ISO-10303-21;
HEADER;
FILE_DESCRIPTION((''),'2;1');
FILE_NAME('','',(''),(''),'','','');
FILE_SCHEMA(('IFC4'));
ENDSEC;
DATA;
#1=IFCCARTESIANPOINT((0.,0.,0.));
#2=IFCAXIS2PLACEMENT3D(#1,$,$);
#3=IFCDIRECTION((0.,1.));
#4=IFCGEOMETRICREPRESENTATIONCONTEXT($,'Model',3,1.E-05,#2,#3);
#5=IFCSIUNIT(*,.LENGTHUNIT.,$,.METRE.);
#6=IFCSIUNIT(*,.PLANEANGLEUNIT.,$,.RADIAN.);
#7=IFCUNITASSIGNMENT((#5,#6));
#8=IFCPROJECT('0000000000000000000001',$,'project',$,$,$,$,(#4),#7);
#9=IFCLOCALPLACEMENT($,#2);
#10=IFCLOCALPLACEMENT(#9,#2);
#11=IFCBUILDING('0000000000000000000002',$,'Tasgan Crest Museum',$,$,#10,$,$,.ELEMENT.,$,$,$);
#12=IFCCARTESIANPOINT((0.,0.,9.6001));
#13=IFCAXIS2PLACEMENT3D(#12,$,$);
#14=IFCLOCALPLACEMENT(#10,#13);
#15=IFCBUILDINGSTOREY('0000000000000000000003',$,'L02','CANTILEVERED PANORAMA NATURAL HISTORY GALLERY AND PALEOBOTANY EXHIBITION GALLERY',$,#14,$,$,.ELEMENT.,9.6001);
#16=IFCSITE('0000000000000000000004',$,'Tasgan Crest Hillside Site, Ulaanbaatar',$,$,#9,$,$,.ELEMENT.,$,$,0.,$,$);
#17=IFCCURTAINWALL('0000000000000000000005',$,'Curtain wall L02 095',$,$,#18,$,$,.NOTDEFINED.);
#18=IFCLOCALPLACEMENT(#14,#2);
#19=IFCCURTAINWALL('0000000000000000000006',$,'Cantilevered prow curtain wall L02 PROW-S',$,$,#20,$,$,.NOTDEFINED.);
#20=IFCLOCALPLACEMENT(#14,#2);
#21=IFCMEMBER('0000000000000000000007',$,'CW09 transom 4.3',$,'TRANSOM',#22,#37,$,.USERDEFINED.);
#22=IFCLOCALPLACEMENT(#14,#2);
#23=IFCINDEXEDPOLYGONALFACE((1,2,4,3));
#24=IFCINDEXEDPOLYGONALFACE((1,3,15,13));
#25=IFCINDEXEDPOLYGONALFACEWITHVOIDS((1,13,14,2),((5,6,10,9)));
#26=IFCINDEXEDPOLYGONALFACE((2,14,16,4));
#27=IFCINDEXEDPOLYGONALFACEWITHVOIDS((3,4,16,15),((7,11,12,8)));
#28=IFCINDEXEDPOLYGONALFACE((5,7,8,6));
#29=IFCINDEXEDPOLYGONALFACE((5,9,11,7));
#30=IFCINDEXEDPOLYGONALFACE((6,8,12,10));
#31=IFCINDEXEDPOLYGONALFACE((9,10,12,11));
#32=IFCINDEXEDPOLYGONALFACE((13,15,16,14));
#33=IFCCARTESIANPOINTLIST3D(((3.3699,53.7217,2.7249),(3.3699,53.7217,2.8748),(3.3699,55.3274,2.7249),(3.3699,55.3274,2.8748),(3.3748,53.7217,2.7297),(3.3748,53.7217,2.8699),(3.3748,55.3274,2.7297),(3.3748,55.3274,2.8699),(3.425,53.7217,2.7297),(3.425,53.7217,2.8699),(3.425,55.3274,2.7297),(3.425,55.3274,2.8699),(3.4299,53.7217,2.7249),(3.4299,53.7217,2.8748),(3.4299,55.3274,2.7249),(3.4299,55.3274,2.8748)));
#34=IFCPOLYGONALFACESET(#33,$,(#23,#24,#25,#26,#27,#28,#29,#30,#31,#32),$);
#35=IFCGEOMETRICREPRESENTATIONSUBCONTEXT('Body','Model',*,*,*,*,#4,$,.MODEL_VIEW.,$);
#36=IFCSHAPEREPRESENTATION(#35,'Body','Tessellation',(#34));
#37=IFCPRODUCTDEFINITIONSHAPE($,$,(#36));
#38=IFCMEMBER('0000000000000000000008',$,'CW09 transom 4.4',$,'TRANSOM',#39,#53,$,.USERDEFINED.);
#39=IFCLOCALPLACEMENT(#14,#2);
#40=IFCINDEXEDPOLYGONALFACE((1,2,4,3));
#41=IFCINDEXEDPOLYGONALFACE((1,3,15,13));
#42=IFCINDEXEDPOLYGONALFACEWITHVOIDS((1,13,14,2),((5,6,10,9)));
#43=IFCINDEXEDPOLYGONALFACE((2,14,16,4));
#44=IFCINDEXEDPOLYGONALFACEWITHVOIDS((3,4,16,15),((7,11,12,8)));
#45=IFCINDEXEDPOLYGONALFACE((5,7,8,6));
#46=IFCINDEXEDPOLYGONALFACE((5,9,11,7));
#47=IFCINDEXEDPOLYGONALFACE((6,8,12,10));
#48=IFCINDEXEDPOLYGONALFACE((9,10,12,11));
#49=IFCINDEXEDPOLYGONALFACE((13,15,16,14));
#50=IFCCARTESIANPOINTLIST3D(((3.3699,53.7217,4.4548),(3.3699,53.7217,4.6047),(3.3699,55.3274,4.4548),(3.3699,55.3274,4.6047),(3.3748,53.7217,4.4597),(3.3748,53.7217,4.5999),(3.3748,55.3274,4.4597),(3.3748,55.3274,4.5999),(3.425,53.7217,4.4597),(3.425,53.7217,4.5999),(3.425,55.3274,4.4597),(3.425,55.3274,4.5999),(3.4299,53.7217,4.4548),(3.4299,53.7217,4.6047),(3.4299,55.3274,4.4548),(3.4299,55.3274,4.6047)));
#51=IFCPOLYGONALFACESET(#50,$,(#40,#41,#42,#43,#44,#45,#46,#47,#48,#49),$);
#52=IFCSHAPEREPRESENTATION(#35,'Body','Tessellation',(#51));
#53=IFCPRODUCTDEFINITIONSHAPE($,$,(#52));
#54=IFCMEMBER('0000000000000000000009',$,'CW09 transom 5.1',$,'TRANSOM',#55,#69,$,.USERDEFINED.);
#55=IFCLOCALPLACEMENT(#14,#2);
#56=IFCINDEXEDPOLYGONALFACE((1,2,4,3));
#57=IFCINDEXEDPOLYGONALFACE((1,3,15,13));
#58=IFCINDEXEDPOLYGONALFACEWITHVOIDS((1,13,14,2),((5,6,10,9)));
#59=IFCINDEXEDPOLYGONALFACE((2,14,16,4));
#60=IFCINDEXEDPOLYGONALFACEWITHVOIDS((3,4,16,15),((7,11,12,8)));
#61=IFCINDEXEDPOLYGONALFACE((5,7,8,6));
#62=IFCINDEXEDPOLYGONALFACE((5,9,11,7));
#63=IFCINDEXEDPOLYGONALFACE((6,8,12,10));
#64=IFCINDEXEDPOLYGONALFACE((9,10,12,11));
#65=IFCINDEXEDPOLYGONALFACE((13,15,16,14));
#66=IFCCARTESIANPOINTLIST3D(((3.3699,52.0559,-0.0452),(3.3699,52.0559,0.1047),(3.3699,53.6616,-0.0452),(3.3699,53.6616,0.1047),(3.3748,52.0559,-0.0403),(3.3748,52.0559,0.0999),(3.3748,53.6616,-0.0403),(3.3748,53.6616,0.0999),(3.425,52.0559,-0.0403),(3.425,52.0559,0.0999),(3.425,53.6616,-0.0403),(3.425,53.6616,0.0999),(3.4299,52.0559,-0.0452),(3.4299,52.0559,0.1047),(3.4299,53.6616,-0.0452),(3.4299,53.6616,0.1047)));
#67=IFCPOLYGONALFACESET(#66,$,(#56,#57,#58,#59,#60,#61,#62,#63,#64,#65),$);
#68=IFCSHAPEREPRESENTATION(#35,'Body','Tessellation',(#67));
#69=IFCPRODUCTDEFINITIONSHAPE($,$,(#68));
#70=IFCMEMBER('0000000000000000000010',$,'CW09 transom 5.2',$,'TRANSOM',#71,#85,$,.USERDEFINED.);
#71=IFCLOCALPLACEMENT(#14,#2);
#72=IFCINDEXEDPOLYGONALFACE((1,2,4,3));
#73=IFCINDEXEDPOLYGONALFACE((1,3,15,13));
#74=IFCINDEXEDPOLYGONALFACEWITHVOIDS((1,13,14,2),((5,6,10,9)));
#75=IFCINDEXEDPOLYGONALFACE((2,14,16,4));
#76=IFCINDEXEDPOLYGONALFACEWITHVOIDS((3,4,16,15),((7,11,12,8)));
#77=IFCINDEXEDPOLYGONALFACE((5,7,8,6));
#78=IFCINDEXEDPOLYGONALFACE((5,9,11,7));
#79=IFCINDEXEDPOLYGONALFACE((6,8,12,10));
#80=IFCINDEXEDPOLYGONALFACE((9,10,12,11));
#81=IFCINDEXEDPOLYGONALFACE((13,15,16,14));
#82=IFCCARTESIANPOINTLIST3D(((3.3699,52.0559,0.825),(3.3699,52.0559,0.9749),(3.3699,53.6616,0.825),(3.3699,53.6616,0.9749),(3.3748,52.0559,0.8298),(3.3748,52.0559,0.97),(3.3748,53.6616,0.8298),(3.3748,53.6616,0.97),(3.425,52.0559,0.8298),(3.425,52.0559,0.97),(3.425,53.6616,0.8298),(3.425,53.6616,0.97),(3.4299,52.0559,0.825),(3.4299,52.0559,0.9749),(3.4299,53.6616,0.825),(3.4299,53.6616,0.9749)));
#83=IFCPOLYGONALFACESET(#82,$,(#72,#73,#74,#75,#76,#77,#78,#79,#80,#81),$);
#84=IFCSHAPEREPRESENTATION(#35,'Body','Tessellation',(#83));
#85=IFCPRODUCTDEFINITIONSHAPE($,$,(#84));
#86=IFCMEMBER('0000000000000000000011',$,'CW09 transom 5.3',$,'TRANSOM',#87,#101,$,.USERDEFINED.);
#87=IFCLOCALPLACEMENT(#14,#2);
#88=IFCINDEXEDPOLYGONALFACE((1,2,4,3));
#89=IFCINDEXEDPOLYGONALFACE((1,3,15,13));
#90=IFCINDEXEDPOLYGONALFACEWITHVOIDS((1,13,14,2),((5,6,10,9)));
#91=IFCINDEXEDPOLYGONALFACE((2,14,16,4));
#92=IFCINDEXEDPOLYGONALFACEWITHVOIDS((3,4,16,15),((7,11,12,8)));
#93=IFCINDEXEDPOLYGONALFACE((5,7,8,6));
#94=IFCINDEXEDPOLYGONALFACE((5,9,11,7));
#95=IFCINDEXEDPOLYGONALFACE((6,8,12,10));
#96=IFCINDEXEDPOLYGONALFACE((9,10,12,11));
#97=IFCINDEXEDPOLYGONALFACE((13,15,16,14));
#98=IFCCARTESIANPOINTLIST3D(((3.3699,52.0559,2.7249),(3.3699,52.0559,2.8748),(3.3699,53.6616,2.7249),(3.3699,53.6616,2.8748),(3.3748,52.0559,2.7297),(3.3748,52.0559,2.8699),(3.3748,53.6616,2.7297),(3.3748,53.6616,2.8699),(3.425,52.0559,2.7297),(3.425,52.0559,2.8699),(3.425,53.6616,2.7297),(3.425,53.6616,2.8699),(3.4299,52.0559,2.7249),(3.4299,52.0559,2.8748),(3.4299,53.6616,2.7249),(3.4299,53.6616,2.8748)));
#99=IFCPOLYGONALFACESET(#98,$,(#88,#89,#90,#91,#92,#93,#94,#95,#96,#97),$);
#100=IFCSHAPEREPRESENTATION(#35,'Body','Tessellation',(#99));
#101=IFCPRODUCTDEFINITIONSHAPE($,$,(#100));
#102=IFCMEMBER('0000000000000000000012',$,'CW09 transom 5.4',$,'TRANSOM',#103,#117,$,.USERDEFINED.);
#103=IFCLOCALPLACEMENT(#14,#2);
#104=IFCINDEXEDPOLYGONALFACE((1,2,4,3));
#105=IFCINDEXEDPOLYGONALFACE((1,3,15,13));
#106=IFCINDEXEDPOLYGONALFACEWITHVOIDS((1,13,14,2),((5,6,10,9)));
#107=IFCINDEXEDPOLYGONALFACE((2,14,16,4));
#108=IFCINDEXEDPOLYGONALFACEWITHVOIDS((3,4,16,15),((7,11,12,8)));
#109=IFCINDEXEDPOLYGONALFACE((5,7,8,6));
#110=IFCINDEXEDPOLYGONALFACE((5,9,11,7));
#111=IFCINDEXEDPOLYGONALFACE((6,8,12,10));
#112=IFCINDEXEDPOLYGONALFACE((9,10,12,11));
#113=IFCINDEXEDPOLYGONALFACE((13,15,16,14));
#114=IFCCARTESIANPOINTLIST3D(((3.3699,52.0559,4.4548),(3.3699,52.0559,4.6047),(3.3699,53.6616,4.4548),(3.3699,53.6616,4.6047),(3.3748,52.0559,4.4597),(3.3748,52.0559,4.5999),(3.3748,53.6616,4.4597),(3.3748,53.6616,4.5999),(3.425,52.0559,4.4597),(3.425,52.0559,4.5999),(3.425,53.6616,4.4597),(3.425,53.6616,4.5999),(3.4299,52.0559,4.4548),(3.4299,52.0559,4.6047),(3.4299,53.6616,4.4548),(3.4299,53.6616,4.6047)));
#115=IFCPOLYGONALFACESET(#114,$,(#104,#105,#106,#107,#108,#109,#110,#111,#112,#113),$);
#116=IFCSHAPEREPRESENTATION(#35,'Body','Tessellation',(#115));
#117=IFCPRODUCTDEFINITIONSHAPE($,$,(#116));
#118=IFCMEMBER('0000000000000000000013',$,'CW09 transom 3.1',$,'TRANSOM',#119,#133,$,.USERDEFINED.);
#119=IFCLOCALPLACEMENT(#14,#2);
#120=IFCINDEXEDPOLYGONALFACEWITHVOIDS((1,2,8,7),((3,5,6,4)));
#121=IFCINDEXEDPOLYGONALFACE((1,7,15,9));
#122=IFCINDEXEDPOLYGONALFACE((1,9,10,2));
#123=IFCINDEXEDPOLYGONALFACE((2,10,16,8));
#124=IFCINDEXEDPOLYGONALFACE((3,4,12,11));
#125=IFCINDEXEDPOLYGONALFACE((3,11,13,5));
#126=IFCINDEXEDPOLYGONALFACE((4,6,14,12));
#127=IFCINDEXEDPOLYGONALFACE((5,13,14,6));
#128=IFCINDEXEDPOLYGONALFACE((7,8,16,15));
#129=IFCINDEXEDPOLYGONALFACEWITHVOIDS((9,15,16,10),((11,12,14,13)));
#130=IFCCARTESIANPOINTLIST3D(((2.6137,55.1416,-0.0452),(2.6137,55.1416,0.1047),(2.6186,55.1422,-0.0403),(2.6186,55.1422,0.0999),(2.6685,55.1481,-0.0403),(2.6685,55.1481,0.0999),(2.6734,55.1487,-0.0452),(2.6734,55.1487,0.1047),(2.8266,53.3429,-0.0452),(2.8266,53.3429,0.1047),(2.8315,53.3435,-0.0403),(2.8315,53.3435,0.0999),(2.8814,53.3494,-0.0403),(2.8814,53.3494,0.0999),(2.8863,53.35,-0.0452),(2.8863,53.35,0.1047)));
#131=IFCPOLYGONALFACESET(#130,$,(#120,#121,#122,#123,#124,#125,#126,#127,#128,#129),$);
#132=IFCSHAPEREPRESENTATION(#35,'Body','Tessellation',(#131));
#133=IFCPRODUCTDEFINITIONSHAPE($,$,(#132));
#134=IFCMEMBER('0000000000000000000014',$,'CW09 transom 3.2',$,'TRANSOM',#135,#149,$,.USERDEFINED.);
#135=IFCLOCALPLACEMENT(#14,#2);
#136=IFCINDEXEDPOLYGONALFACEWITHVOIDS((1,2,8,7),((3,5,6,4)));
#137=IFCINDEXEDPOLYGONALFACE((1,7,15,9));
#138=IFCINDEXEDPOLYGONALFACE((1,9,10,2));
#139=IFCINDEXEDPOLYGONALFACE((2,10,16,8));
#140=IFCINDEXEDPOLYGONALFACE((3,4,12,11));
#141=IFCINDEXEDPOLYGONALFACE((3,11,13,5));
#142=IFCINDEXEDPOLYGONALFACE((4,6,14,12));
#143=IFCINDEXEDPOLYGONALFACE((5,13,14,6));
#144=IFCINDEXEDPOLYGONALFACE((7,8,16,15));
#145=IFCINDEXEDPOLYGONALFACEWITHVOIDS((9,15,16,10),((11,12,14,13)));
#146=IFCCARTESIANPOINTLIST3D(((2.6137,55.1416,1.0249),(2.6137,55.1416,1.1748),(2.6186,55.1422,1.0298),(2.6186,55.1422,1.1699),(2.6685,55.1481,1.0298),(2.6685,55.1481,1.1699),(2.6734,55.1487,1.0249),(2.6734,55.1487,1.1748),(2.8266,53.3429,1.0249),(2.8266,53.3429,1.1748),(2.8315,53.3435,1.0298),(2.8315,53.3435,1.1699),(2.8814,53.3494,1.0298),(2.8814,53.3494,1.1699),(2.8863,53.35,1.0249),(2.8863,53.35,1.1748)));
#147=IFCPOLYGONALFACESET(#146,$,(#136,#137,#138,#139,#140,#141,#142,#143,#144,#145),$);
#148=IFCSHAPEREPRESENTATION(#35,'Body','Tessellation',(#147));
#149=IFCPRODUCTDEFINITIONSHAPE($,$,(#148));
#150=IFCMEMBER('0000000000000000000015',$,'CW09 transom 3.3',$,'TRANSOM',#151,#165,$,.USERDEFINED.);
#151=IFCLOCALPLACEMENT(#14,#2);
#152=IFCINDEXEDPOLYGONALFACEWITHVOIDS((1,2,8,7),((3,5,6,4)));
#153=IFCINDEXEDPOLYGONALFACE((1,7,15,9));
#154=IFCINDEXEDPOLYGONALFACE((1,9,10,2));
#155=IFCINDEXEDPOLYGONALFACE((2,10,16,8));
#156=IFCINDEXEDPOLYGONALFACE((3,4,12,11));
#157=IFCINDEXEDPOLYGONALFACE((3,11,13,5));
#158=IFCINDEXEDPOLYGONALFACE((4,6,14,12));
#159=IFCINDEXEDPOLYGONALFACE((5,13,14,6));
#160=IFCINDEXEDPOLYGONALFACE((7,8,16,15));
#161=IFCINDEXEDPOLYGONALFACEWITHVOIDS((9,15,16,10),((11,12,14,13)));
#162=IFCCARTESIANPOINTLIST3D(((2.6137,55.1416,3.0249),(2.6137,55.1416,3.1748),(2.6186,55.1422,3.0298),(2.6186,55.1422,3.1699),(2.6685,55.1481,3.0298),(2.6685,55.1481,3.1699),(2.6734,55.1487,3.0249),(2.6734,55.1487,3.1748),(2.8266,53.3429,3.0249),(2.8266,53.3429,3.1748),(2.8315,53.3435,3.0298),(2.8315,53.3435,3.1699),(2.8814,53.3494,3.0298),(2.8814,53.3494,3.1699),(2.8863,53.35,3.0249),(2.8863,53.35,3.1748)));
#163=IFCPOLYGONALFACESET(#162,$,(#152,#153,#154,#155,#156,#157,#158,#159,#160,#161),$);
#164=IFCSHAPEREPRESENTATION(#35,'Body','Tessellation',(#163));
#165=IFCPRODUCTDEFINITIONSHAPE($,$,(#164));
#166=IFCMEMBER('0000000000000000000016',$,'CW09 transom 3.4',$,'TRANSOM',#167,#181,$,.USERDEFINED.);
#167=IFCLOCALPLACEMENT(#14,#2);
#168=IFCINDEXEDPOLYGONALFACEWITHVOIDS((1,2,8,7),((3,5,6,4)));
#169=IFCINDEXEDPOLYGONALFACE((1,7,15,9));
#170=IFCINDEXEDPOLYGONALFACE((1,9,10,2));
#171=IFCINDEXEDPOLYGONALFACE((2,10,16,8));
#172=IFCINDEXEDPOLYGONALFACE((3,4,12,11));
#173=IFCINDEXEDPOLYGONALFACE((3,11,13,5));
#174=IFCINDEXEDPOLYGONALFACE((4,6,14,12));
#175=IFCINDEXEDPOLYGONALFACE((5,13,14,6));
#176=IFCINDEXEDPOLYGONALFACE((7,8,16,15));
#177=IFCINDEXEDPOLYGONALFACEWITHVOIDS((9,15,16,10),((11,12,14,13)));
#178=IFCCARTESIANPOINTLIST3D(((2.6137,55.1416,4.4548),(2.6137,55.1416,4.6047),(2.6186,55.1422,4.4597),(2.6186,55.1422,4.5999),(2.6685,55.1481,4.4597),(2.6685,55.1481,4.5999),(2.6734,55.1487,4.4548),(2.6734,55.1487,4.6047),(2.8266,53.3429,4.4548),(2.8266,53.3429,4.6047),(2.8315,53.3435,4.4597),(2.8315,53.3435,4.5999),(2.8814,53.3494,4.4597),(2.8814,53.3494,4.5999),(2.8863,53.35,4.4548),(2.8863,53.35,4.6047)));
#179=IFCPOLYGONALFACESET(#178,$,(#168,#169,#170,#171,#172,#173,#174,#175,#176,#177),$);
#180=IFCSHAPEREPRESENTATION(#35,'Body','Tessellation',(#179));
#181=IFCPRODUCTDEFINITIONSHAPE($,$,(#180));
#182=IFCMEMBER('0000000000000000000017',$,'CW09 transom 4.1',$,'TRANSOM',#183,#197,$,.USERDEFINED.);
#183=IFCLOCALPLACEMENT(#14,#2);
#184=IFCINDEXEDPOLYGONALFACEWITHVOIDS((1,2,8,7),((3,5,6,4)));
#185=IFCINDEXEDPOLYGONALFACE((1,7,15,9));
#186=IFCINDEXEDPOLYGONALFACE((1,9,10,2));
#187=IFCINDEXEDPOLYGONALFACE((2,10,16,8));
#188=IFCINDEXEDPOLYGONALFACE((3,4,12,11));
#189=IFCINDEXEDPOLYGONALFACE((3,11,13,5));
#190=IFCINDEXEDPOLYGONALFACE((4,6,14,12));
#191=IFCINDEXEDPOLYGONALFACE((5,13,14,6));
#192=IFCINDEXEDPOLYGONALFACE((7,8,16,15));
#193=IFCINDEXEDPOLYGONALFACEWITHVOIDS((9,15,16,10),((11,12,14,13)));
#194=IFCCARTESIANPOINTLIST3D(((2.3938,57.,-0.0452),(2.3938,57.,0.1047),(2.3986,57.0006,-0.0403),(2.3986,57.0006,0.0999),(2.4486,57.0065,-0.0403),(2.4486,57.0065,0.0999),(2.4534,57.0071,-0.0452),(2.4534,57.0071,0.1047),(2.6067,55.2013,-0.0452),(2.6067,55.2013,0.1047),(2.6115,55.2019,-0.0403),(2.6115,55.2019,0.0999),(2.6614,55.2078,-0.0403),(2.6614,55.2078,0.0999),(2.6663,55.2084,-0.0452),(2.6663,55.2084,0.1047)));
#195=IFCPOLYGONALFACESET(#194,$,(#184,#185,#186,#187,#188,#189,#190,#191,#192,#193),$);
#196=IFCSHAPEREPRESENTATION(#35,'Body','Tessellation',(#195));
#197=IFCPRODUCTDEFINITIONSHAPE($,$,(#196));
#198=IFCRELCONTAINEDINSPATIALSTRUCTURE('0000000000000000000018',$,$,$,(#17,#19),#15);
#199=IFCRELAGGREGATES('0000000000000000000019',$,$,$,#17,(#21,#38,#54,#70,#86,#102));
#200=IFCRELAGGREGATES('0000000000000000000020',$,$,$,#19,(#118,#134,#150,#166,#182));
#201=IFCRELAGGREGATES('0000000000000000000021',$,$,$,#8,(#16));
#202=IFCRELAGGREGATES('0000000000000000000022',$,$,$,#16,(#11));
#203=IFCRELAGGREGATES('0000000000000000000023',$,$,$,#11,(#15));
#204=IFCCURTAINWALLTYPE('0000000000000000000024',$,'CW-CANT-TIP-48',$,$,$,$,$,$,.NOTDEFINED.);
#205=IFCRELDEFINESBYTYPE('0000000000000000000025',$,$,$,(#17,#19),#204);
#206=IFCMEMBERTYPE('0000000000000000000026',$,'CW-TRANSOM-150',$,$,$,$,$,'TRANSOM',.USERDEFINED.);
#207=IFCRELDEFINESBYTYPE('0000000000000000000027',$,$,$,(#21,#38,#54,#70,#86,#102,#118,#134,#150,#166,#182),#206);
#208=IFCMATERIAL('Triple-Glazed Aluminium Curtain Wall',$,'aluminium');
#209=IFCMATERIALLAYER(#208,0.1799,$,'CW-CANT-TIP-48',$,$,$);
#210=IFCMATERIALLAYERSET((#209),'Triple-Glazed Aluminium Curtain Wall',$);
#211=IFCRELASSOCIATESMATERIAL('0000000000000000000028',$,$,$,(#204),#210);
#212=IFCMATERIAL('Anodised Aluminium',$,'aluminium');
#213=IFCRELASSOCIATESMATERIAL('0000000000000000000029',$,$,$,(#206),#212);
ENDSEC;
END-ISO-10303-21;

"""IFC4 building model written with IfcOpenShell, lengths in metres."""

from ifc_helpers import new_model, si_unit, direction, frame, origin, origin_2d, place, context, subcontext, project, spatial, hollow_rectangle, extrude, material, layer, layer_set, material_profile, profile_set, type_object, element, aggregate, save


model = new_model("IFC4")

# Units and contexts
model_context = context("Model", 3, precision=1e-05, world=origin(), true_north=direction((0.0, 1.0)))
body_context = subcontext(model_context, "Body", "Model", "MODEL_VIEW")
ifc_project = project(units=[si_unit("LENGTHUNIT", "METRE"), si_unit("PLANEANGLEUNIT", "RADIAN")], contexts=[model_context])

# Site, building, storey
site_placement = place(None, origin())
site = spatial("IfcSite", under=ifc_project, at=site_placement, Name="Tasgan Crest Hillside Site, Ulaanbaatar", CompositionType="ELEMENT", RefElevation=0.0)
building_placement = place(site_placement, origin())
building = spatial("IfcBuilding", under=site, at=building_placement, Name="Tasgan Crest Museum", CompositionType="ELEMENT")
storey_placement = place(building_placement, frame((0.0, 0.0, 9.6001)))
storey = spatial("IfcBuildingStorey", under=building, at=storey_placement, Name="L02", Description="CANTILEVERED PANORAMA NATURAL HISTORY GALLERY AND PALEOBOTANY EXHIBITION GALLERY", CompositionType="ELEMENT", Elevation=9.6001)

# Curtain walls
ifc_material_1 = material(Name="Triple-Glazed Aluminium Curtain Wall", Category="aluminium")
ifc_layer_1 = layer(ifc_material_1, 0.1799, Name="CW-CANT-TIP-48")
ifc_layer_set_1 = layer_set([ifc_layer_1], Name="Triple-Glazed Aluminium Curtain Wall")
curtain_wall_type = type_object("IfcCurtainWallType", Name="CW-CANT-TIP-48", PredefinedType="NOTDEFINED", material=ifc_layer_set_1)
curtain_wall_1_placement = place(storey_placement, origin())
curtain_wall_1 = element("IfcCurtainWall", 1, at=curtain_wall_1_placement, inside=storey, type_object=curtain_wall_type, Name="Curtain wall L02 095", PredefinedType="NOTDEFINED")
curtain_wall_2_placement = place(storey_placement, origin())
curtain_wall_2 = element("IfcCurtainWall", 2, at=curtain_wall_2_placement, inside=storey, type_object=curtain_wall_type, Name="Cantilevered prow curtain wall L02 PROW-S", PredefinedType="NOTDEFINED")

# Members
ifc_material_2 = material(Name="Anodised Aluminium", Category="aluminium")
ifc_material_profile_1 = material_profile(ifc_material_2, hollow_rectangle(XDim=0.0601, YDim=0.1499, WallThickness=0.0049, at=origin_2d()), Name="ALU TRANSOM 150x60x5")
ifc_profile_set_1 = profile_set([ifc_material_profile_1], Name="Anodised Aluminium")
member_type_1 = type_object("IfcMemberType", Name="CW-TRANSOM-150", ElementType="TRANSOM", PredefinedType="USERDEFINED", material=ifc_profile_set_1)
member_1_placement = place(storey_placement, frame((3.3999, 55.3274, 2.7998), z_axis=(0.0, -1.0, 0.0), x_axis=(1.0, 0.0, 0.0)))
member_1 = element("IfcMember", 3, at=member_1_placement, type_object=member_type_1, Name="CW09 transom 4.3", ObjectType="TRANSOM", PredefinedType="USERDEFINED", context=body_context, shape_type="SweptSolid", body=[
    extrude(hollow_rectangle(XDim=0.0601, YDim=0.1499, WallThickness=0.0049, at=origin_2d()), origin(), (0.0, 0.0, 1.0), 1.6057),
])
member_2_placement = place(storey_placement, frame((3.3999, 55.3274, 4.5298), z_axis=(0.0, -1.0, 0.0), x_axis=(1.0, 0.0, 0.0)))
member_2 = element("IfcMember", 4, at=member_2_placement, type_object=member_type_1, Name="CW09 transom 4.4", ObjectType="TRANSOM", PredefinedType="USERDEFINED", context=body_context, shape_type="SweptSolid", body=[
    extrude(hollow_rectangle(XDim=0.0601, YDim=0.1499, WallThickness=0.0049, at=origin_2d()), origin(), (0.0, 0.0, 1.0), 1.6057),
])
member_3_placement = place(storey_placement, frame((3.3999, 53.6616, 0.0298), z_axis=(0.0, -1.0, 0.0), x_axis=(1.0, 0.0, 0.0)))
member_3 = element("IfcMember", 5, at=member_3_placement, type_object=member_type_1, Name="CW09 transom 5.1", ObjectType="TRANSOM", PredefinedType="USERDEFINED", context=body_context, shape_type="SweptSolid", body=[
    extrude(hollow_rectangle(XDim=0.0601, YDim=0.1499, WallThickness=0.0049, at=origin_2d()), origin(), (0.0, 0.0, 1.0), 1.6057),
])
member_4_placement = place(storey_placement, frame((3.3999, 53.6616, 0.8999), z_axis=(0.0, -1.0, 0.0), x_axis=(1.0, 0.0, 0.0)))
member_4 = element("IfcMember", 6, at=member_4_placement, type_object=member_type_1, Name="CW09 transom 5.2", ObjectType="TRANSOM", PredefinedType="USERDEFINED", context=body_context, shape_type="SweptSolid", body=[
    extrude(hollow_rectangle(XDim=0.0601, YDim=0.1499, WallThickness=0.0049, at=origin_2d()), origin(), (0.0, 0.0, 1.0), 1.6057),
])
member_5_placement = place(storey_placement, frame((3.3999, 53.6616, 2.7998), z_axis=(0.0, -1.0, 0.0), x_axis=(1.0, 0.0, 0.0)))
member_5 = element("IfcMember", 7, at=member_5_placement, type_object=member_type_1, Name="CW09 transom 5.3", ObjectType="TRANSOM", PredefinedType="USERDEFINED", context=body_context, shape_type="SweptSolid", body=[
    extrude(hollow_rectangle(XDim=0.0601, YDim=0.1499, WallThickness=0.0049, at=origin_2d()), origin(), (0.0, 0.0, 1.0), 1.6057),
])
member_6_placement = place(storey_placement, frame((3.3999, 53.6616, 4.5298), z_axis=(0.0, -1.0, 0.0), x_axis=(1.0, 0.0, 0.0)))
member_6 = element("IfcMember", 8, at=member_6_placement, type_object=member_type_1, Name="CW09 transom 5.4", ObjectType="TRANSOM", PredefinedType="USERDEFINED", context=body_context, shape_type="SweptSolid", body=[
    extrude(hollow_rectangle(XDim=0.0601, YDim=0.1499, WallThickness=0.0049, at=origin_2d()), origin(), (0.0, 0.0, 1.0), 1.6057),
])
member_7_placement = place(storey_placement, frame((2.8564, 53.3464, 0.0298), z_axis=(-0.117529, 0.993069, 0.0), x_axis=(-0.993069, -0.117529, 0.0)))
member_7 = element("IfcMember", 9, at=member_7_placement, type_object=member_type_1, Name="CW09 transom 3.1", ObjectType="TRANSOM", PredefinedType="USERDEFINED", context=body_context, shape_type="SweptSolid", body=[
    extrude(hollow_rectangle(XDim=0.0601, YDim=0.1499, WallThickness=0.0049, at=origin_2d()), origin(), (0.0, 0.0, 1.0), 1.8113),
])
member_8_placement = place(storey_placement, frame((2.8564, 53.3464, 1.0999), z_axis=(-0.117529, 0.993069, 0.0), x_axis=(-0.993069, -0.117529, 0.0)))
member_8 = element("IfcMember", 10, at=member_8_placement, type_object=member_type_1, Name="CW09 transom 3.2", ObjectType="TRANSOM", PredefinedType="USERDEFINED", context=body_context, shape_type="SweptSolid", body=[
    extrude(hollow_rectangle(XDim=0.0601, YDim=0.1499, WallThickness=0.0049, at=origin_2d()), origin(), (0.0, 0.0, 1.0), 1.8113),
])
member_9_placement = place(storey_placement, frame((2.8564, 53.3464, 3.0999), z_axis=(-0.117529, 0.993069, 0.0), x_axis=(-0.993069, -0.117529, 0.0)))
member_9 = element("IfcMember", 11, at=member_9_placement, type_object=member_type_1, Name="CW09 transom 3.3", ObjectType="TRANSOM", PredefinedType="USERDEFINED", context=body_context, shape_type="SweptSolid", body=[
    extrude(hollow_rectangle(XDim=0.0601, YDim=0.1499, WallThickness=0.0049, at=origin_2d()), origin(), (0.0, 0.0, 1.0), 1.8113),
])
member_10_placement = place(storey_placement, frame((2.8564, 53.3464, 4.5298), z_axis=(-0.117529, 0.993069, 0.0), x_axis=(-0.993069, -0.117529, 0.0)))
member_10 = element("IfcMember", 12, at=member_10_placement, type_object=member_type_1, Name="CW09 transom 3.4", ObjectType="TRANSOM", PredefinedType="USERDEFINED", context=body_context, shape_type="SweptSolid", body=[
    extrude(hollow_rectangle(XDim=0.0601, YDim=0.1499, WallThickness=0.0049, at=origin_2d()), origin(), (0.0, 0.0, 1.0), 1.8113),
])
member_11_placement = place(storey_placement, frame((2.6365, 55.2048, 0.0298), z_axis=(-0.117529, 0.993069, 0.0), x_axis=(-0.993069, -0.117529, 0.0)))
member_11 = element("IfcMember", 13, at=member_11_placement, type_object=member_type_1, Name="CW09 transom 4.1", ObjectType="TRANSOM", PredefinedType="USERDEFINED", context=body_context, shape_type="SweptSolid", body=[
    extrude(hollow_rectangle(XDim=0.0601, YDim=0.1499, WallThickness=0.0049, at=origin_2d()), origin(), (0.0, 0.0, 1.0), 1.8113),
])

aggregate(curtain_wall_1, [member_1, member_2, member_3, member_4, member_5, member_6])
aggregate(curtain_wall_2, [member_7, member_8, member_9, member_10, member_11])

save(model, "model.ifc")
